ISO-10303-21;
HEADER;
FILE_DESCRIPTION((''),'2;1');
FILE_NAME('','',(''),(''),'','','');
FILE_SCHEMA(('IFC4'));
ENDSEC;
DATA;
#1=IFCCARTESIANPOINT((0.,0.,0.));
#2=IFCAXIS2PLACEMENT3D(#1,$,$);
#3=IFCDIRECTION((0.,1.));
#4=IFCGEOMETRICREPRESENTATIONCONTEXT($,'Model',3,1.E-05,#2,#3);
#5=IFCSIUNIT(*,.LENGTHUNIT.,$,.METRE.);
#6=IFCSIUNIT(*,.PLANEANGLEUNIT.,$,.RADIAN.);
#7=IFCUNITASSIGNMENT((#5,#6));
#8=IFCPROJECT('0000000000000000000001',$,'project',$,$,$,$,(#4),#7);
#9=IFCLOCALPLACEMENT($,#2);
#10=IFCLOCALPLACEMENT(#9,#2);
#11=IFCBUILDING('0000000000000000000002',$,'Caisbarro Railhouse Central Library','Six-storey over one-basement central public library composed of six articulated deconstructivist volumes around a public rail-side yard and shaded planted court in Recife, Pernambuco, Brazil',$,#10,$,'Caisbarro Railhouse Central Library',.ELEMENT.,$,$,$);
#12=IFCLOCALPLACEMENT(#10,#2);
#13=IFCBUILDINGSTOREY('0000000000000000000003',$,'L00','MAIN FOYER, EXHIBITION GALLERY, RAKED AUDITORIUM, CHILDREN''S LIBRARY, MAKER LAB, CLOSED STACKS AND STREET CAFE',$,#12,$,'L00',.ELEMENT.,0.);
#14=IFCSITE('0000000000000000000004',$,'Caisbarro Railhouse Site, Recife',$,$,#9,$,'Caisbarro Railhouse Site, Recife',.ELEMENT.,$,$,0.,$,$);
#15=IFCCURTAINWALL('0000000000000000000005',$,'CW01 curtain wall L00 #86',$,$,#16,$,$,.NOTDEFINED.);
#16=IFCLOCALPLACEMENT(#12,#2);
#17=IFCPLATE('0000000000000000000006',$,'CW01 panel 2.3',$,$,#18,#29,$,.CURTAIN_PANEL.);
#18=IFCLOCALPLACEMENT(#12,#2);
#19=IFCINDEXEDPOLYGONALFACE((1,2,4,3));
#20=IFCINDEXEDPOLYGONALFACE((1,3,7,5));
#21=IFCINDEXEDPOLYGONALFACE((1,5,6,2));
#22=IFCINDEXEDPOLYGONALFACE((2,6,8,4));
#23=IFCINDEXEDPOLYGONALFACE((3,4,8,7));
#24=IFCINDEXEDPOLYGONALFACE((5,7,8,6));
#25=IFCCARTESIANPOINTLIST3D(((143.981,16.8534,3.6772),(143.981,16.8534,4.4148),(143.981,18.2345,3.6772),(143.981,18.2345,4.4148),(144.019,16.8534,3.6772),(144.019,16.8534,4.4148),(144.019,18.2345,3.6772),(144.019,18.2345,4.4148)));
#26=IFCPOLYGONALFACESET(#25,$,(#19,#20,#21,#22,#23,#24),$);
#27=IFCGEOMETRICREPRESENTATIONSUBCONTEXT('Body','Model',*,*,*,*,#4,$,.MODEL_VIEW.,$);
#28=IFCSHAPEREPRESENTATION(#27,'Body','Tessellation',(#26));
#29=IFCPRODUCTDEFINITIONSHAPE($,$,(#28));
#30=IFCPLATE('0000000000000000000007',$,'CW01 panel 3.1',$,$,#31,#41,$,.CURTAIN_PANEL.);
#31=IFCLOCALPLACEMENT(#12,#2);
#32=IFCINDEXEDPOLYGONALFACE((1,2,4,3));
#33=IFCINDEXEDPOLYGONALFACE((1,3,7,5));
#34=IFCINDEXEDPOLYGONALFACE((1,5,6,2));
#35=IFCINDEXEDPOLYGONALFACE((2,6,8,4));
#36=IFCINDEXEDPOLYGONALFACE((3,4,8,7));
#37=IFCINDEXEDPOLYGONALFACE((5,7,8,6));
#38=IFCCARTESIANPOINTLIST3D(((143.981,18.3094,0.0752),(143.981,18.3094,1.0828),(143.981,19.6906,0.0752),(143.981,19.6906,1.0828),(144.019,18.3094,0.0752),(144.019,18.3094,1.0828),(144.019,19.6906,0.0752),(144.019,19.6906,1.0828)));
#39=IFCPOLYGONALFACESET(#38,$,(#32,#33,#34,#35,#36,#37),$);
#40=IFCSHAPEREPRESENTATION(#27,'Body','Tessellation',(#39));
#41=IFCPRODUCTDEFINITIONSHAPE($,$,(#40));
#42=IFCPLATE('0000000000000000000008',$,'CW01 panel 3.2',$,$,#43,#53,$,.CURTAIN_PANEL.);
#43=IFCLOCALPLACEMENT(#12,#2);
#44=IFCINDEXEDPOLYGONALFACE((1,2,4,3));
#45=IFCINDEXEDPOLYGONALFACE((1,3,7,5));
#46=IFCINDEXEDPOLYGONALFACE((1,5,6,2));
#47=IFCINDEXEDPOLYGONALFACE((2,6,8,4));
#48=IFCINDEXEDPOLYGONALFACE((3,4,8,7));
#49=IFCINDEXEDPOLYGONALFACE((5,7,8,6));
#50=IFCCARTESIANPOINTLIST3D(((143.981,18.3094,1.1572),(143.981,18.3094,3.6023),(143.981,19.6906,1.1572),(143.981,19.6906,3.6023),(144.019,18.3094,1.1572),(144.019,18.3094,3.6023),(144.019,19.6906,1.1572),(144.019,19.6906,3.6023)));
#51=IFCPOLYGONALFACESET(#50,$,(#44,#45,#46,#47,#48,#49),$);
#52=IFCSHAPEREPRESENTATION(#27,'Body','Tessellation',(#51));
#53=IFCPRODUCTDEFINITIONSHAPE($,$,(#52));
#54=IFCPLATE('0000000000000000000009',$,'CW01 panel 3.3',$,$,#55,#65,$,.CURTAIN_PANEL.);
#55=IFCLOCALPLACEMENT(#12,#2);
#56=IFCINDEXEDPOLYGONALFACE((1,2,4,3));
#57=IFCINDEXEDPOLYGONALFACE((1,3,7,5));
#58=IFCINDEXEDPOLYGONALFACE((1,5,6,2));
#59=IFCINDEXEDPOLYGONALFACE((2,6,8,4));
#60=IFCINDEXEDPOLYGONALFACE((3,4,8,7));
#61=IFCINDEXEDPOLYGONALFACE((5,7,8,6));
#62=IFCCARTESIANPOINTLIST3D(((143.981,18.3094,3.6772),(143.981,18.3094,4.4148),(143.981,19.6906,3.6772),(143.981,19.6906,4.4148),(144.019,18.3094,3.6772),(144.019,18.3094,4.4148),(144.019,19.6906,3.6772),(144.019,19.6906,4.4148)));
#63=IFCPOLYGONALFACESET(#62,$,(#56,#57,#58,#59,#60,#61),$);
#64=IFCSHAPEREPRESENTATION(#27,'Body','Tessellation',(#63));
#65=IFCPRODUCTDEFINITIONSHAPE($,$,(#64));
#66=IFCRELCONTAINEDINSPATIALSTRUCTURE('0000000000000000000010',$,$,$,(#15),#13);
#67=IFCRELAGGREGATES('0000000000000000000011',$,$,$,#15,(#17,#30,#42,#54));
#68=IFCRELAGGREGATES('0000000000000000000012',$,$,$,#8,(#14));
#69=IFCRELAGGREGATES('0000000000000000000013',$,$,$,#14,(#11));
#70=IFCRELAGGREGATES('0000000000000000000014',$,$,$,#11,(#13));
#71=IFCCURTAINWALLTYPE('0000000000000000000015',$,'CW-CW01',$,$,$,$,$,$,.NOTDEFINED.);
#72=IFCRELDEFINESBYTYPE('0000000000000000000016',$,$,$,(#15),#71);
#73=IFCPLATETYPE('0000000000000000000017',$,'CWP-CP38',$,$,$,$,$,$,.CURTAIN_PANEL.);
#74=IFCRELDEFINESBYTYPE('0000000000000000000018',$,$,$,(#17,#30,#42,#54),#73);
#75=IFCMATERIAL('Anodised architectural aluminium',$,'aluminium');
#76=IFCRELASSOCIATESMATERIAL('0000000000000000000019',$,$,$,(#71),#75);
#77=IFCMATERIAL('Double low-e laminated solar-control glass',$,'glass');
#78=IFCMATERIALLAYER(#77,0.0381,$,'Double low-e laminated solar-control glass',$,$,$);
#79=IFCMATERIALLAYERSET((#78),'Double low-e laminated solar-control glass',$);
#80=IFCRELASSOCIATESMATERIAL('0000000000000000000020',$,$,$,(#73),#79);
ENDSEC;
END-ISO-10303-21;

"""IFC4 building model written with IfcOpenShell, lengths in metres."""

from ifc_helpers import new_model, si_unit, direction, frame, origin, origin_2d, place, context, subcontext, project, spatial, rectangle, extrude, material, layer, layer_set, type_object, element, aggregate, save


model = new_model("IFC4")

# Units and contexts
model_context = context("Model", 3, precision=1e-05, world=origin(), true_north=direction((0.0, 1.0)))
body_context = subcontext(model_context, "Body", "Model", "MODEL_VIEW")
ifc_project = project(units=[si_unit("LENGTHUNIT", "METRE"), si_unit("PLANEANGLEUNIT", "RADIAN")], contexts=[model_context])

# Site, building, storey
site_placement = place(None, origin())
site = spatial("IfcSite", under=ifc_project, at=site_placement, Name="Caisbarro Railhouse Site, Recife", LongName="Caisbarro Railhouse Site, Recife", CompositionType="ELEMENT", RefElevation=0.0)
building_placement = place(site_placement, origin())
building = spatial("IfcBuilding", under=site, at=building_placement, Name="Caisbarro Railhouse Central Library", Description="Six-storey over one-basement central public library composed of six articulated deconstructivist volumes around a public rail-side yard and shaded planted court in Recife, Pernambuco, Brazil", LongName="Caisbarro Railhouse Central Library", CompositionType="ELEMENT")
storey_placement = place(building_placement, origin())
storey = spatial("IfcBuildingStorey", under=building, at=storey_placement, Name="L00", Description="MAIN FOYER, EXHIBITION GALLERY, RAKED AUDITORIUM, CHILDREN'S LIBRARY, MAKER LAB, CLOSED STACKS AND STREET CAFE", LongName="L00", CompositionType="ELEMENT", Elevation=0.0)

# Curtain wall, plates
ifc_material_1 = material(Name="Anodised architectural aluminium", Category="aluminium")
curtain_wall_type = type_object("IfcCurtainWallType", Name="CW-CW01", PredefinedType="NOTDEFINED", material=ifc_material_1)
curtain_wall_placement = place(storey_placement, origin())
curtain_wall = element("IfcCurtainWall", 1, at=curtain_wall_placement, inside=storey, type_object=curtain_wall_type, Name="CW01 curtain wall L00 #86", PredefinedType="NOTDEFINED")
ifc_material_2 = material(Name="Double low-e laminated solar-control glass", Category="glass")
ifc_layer = layer(ifc_material_2, 0.0381, Name="Double low-e laminated solar-control glass")
ifc_layer_set = layer_set([ifc_layer], Name="Double low-e laminated solar-control glass")
plate_type = type_object("IfcPlateType", Name="CWP-CP38", PredefinedType="CURTAIN_PANEL", material=ifc_layer_set)
plate_1_placement = place(storey_placement, frame((144.0, 17.5439, 3.6772), z_axis=(0.0, 0.0, 1.0), x_axis=(0.0, 1.0, 0.0)))
plate_1 = element("IfcPlate", 2, at=plate_1_placement, type_object=plate_type, Name="CW01 panel 2.3", PredefinedType="CURTAIN_PANEL", context=body_context, shape_type="SweptSolid", body=[
    extrude(rectangle(XDim=1.3811, YDim=0.0381, at=origin_2d()), origin(), (0.0, 0.0, 1.0), 0.7375),
])
plate_2_placement = place(storey_placement, frame((144.0, 19.0, 0.0752), z_axis=(0.0, 0.0, 1.0), x_axis=(0.0, 1.0, 0.0)))
plate_2 = element("IfcPlate", 3, at=plate_2_placement, type_object=plate_type, Name="CW01 panel 3.1", PredefinedType="CURTAIN_PANEL", context=body_context, shape_type="SweptSolid", body=[
    extrude(rectangle(XDim=1.3811, YDim=0.0381, at=origin_2d()), origin(), (0.0, 0.0, 1.0), 1.0076),
])
plate_3_placement = place(storey_placement, frame((144.0, 19.0, 1.1572), z_axis=(0.0, 0.0, 1.0), x_axis=(0.0, 1.0, 0.0)))
plate_3 = element("IfcPlate", 4, at=plate_3_placement, type_object=plate_type, Name="CW01 panel 3.2", PredefinedType="CURTAIN_PANEL", context=body_context, shape_type="SweptSolid", body=[
    extrude(rectangle(XDim=1.3811, YDim=0.0381, at=origin_2d()), origin(), (0.0, 0.0, 1.0), 2.4451),
])
plate_4_placement = place(storey_placement, frame((144.0, 19.0, 3.6772), z_axis=(0.0, 0.0, 1.0), x_axis=(0.0, 1.0, 0.0)))
plate_4 = element("IfcPlate", 5, at=plate_4_placement, type_object=plate_type, Name="CW01 panel 3.3", PredefinedType="CURTAIN_PANEL", context=body_context, shape_type="SweptSolid", body=[
    extrude(rectangle(XDim=1.3811, YDim=0.0381, at=origin_2d()), origin(), (0.0, 0.0, 1.0), 0.7375),
])
aggregate(curtain_wall, [plate_1, plate_2, plate_3, plate_4])

save(model, "model.ifc")
